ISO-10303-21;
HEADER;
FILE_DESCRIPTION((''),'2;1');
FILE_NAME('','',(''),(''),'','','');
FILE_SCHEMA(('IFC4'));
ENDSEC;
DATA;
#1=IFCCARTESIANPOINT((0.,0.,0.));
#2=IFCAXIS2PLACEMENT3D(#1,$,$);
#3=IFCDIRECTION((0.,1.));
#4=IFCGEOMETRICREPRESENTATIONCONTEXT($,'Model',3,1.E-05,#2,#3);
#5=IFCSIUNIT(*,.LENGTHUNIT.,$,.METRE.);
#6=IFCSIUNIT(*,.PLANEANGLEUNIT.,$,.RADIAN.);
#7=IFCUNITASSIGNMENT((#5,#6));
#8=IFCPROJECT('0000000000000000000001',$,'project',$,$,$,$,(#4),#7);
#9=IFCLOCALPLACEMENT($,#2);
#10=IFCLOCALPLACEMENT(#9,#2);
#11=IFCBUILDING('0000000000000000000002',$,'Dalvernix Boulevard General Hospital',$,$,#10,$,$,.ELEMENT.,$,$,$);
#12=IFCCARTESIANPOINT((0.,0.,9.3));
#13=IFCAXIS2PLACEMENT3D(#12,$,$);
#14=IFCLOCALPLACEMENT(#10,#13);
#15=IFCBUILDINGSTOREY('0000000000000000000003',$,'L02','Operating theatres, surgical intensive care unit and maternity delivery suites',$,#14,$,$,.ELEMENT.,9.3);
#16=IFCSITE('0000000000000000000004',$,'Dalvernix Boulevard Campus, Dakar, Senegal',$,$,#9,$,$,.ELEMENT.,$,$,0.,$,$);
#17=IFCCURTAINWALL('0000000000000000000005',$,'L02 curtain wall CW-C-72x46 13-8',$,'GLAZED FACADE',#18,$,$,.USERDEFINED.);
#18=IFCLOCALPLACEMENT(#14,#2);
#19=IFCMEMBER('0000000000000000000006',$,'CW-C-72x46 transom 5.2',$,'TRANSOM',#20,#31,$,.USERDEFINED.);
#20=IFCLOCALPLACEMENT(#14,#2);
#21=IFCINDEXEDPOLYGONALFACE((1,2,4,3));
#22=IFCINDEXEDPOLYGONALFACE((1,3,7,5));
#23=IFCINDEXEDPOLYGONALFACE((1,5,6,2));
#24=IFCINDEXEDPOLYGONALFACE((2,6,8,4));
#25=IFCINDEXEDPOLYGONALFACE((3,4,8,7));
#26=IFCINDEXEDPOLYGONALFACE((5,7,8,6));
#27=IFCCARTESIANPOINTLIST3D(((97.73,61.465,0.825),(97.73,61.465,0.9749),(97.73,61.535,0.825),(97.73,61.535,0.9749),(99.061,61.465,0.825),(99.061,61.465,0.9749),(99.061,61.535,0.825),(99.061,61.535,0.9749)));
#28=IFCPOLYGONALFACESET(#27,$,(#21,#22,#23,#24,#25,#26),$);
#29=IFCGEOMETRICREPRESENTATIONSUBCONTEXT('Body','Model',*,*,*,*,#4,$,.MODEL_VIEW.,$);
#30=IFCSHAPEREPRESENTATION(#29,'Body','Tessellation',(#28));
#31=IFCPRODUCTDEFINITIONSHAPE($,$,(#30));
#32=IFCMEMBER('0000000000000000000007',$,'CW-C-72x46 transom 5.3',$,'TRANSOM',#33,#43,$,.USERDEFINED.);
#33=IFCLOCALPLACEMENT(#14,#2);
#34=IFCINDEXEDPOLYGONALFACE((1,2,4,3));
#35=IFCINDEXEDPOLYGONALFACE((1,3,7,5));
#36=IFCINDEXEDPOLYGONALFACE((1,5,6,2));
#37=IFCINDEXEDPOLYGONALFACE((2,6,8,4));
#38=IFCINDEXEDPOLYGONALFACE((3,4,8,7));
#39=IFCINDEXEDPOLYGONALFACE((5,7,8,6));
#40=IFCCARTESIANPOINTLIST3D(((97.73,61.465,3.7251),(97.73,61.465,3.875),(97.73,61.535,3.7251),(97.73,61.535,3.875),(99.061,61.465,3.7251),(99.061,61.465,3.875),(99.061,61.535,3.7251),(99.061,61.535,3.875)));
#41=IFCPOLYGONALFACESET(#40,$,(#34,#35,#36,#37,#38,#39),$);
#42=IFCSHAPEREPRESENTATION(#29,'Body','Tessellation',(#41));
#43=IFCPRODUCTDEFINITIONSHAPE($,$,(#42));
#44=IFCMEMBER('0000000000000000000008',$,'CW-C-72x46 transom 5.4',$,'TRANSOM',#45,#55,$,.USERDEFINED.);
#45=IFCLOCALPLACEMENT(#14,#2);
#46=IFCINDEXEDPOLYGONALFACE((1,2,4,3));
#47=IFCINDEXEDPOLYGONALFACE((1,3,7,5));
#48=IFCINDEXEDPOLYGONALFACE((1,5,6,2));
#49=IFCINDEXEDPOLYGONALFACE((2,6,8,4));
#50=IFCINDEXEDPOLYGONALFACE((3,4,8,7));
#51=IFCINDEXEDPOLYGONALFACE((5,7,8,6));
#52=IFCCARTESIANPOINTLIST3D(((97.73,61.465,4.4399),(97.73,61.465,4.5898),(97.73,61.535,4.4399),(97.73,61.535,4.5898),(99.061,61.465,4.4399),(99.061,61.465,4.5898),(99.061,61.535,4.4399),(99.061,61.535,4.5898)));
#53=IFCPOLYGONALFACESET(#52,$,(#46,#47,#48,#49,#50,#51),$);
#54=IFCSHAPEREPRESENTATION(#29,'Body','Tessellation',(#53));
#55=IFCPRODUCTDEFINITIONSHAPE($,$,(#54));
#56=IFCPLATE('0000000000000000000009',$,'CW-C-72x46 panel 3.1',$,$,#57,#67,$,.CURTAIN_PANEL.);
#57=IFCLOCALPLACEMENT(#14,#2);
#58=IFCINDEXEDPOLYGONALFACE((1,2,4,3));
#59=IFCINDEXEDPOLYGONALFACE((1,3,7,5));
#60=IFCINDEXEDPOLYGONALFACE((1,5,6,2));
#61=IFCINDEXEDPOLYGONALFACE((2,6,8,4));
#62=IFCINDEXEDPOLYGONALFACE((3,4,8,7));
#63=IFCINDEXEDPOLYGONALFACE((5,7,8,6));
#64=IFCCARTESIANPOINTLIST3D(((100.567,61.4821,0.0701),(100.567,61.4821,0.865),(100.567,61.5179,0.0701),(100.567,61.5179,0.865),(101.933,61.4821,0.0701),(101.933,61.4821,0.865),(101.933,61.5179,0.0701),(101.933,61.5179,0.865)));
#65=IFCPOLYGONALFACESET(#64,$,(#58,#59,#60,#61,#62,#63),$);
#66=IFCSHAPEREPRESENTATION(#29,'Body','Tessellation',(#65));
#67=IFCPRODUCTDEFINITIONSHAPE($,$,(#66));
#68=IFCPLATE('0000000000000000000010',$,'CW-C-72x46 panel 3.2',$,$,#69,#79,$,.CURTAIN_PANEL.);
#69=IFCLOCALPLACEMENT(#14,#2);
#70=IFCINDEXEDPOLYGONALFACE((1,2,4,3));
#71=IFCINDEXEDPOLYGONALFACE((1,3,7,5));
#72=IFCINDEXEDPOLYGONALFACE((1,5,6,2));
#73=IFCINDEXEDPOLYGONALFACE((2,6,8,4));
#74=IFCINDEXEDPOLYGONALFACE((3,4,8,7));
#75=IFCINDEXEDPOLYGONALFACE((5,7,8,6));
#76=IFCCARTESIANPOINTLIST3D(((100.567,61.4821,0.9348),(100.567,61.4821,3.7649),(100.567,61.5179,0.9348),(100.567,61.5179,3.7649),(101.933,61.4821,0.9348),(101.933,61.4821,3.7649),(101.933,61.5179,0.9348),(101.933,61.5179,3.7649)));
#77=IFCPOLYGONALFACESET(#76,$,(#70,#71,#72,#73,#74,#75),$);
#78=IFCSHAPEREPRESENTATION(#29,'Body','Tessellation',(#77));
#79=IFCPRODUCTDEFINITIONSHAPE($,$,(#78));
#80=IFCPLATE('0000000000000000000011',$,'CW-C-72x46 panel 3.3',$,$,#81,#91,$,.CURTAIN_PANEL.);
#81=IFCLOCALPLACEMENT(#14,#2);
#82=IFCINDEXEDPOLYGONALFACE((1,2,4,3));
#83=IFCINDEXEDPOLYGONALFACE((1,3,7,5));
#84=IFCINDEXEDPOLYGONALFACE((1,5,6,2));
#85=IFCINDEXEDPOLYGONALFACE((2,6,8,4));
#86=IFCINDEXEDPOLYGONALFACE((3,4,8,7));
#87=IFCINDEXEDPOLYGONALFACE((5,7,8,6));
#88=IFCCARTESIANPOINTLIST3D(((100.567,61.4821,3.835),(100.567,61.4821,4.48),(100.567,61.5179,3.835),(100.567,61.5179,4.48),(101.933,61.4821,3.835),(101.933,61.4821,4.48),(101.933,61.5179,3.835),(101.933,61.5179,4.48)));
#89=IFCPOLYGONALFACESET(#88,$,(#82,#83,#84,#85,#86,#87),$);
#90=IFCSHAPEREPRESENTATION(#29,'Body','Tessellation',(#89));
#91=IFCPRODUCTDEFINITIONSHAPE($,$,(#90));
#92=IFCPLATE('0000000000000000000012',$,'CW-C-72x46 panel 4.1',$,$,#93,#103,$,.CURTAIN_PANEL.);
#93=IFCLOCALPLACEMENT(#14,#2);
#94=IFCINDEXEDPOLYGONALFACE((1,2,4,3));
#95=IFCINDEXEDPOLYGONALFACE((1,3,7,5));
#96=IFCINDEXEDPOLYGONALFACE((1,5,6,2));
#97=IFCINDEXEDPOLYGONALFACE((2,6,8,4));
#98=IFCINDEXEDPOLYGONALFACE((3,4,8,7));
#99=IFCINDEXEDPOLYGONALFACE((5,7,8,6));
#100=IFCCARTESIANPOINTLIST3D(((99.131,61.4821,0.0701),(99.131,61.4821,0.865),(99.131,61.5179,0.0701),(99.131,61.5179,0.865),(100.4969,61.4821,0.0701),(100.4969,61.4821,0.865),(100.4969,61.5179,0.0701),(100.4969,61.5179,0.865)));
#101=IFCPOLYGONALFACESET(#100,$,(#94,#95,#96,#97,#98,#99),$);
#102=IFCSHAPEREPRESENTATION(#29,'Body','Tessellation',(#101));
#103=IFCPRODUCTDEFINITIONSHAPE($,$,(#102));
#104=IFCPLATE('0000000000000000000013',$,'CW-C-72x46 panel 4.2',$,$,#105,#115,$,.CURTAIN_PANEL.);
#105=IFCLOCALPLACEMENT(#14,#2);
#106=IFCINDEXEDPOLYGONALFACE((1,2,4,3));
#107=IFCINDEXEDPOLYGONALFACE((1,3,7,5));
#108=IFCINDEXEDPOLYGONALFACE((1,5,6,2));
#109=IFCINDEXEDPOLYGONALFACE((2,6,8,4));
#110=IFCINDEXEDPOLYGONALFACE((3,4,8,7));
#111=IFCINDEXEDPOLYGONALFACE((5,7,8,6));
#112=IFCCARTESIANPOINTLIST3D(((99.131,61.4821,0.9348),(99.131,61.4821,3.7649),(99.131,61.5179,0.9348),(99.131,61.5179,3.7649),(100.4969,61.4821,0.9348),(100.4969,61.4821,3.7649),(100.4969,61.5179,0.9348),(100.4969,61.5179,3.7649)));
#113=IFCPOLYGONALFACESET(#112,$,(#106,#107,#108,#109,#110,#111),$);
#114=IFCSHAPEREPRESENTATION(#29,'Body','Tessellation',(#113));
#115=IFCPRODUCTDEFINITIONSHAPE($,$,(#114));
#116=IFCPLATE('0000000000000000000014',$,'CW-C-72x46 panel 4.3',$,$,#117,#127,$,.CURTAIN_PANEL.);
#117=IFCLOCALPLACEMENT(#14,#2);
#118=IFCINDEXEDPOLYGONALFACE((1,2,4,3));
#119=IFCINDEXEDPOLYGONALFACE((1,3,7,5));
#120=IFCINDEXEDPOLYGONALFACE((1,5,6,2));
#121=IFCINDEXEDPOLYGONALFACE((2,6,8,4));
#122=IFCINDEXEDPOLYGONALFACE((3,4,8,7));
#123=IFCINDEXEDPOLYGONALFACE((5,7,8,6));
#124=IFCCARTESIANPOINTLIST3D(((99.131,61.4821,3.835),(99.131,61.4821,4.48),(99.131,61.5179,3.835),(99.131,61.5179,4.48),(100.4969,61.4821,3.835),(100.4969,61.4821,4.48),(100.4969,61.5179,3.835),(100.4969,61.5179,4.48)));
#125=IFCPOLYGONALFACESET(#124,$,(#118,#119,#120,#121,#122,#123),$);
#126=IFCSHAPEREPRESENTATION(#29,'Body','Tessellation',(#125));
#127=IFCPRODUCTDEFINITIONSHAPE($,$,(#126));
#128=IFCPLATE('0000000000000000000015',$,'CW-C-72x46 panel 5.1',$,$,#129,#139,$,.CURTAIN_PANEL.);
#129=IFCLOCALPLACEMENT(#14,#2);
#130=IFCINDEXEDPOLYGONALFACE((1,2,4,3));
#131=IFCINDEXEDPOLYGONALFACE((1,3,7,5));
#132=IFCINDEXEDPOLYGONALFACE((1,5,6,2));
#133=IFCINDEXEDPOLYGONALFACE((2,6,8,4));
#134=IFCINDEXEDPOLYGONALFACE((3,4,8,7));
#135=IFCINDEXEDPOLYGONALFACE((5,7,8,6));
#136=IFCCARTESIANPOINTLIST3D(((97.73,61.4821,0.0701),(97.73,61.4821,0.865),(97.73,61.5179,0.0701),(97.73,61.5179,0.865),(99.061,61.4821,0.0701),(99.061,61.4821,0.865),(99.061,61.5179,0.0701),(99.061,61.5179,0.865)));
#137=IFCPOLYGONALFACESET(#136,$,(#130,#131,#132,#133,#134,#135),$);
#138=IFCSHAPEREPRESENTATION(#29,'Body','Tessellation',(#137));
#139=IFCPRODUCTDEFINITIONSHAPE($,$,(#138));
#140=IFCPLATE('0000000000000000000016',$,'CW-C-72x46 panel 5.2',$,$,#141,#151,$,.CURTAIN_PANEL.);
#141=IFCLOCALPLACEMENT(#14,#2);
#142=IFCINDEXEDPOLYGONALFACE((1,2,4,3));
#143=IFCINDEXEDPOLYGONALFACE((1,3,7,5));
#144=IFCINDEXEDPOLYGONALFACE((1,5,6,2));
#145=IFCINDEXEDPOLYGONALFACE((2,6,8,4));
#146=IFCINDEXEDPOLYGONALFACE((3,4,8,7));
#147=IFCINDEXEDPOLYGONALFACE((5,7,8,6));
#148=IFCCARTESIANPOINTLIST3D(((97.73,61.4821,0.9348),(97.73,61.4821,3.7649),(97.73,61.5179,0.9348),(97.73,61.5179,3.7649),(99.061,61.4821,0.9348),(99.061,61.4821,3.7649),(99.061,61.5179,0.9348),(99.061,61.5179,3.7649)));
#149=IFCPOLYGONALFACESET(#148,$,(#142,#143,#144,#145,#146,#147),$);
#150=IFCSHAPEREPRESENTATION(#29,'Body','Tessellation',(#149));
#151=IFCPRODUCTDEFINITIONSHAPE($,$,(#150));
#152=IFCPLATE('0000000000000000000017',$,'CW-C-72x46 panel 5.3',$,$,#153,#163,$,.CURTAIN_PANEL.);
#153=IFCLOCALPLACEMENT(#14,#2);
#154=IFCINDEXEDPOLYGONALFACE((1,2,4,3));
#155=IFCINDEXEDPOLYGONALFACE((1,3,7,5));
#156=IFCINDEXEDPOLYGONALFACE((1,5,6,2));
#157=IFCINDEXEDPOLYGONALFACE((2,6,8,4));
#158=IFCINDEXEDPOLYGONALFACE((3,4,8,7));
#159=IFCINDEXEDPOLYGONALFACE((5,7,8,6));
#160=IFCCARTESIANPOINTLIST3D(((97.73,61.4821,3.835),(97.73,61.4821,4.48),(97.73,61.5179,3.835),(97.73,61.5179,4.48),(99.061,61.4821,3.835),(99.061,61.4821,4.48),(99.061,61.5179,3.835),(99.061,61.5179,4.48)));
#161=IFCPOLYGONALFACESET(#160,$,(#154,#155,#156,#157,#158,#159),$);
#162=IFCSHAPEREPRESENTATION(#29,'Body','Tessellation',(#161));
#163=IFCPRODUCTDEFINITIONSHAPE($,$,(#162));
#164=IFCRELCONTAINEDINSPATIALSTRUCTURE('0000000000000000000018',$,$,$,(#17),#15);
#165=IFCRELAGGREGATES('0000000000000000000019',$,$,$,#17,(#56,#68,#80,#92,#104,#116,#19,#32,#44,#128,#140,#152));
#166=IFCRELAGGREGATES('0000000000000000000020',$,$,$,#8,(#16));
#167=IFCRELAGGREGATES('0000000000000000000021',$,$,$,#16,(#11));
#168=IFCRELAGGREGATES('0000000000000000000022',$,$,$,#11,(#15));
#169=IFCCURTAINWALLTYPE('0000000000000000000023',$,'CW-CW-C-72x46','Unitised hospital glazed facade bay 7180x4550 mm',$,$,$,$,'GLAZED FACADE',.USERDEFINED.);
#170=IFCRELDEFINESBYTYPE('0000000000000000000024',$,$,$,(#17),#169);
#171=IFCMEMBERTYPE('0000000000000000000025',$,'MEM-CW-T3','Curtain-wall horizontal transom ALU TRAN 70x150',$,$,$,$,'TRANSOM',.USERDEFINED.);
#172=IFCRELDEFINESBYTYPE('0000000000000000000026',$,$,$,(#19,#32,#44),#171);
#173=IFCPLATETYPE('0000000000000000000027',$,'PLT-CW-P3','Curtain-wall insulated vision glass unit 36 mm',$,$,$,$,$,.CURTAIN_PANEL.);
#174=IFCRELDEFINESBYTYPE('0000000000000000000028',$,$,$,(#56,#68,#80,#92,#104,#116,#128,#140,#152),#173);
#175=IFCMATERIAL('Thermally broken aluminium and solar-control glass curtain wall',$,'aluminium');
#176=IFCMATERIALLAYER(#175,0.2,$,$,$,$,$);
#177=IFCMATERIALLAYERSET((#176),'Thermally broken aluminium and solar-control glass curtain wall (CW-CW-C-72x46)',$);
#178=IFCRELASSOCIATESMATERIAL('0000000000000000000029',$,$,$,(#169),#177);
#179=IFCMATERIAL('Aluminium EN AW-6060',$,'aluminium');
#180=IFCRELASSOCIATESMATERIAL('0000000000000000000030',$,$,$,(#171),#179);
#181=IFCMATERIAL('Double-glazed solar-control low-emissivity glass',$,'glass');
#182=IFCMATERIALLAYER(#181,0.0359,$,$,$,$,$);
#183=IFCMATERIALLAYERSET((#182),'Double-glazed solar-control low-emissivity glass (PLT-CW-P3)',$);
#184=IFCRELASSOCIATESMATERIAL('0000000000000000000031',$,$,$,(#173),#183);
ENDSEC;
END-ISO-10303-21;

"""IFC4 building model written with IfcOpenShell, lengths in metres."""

from ifc_helpers import new_model, si_unit, direction, frame, origin, origin_2d, place, context, subcontext, project, spatial, rectangle, extrude, material, layer, layer_set, material_profile, profile_set, type_object, element, aggregate, save


model = new_model("IFC4")

# Units and contexts
model_context = context("Model", 3, precision=1e-05, world=origin(), true_north=direction((0.0, 1.0)))
body_context = subcontext(model_context, "Body", "Model", "MODEL_VIEW")
ifc_project = project(units=[si_unit("LENGTHUNIT", "METRE"), si_unit("PLANEANGLEUNIT", "RADIAN")], contexts=[model_context])

# Site, building, storey
site_placement = place(None, origin())
site = spatial("IfcSite", under=ifc_project, at=site_placement, Name="Dalvernix Boulevard Campus, Dakar, Senegal", CompositionType="ELEMENT", RefElevation=0.0)
building_placement = place(site_placement, origin())
building = spatial("IfcBuilding", under=site, at=building_placement, Name="Dalvernix Boulevard General Hospital", CompositionType="ELEMENT")
storey_placement = place(building_placement, frame((0.0, 0.0, 9.3)))
storey = spatial("IfcBuildingStorey", under=building, at=storey_placement, Name="L02", Description="Operating theatres, surgical intensive care unit and maternity delivery suites", CompositionType="ELEMENT", Elevation=9.3)

# Curtain wall, members, plates
ifc_material_1 = material(Name="Thermally broken aluminium and solar-control glass curtain wall", Category="aluminium")
ifc_layer_1 = layer(ifc_material_1, 0.2)
ifc_layer_set_1 = layer_set([ifc_layer_1], Name="Thermally broken aluminium and solar-control glass curtain wall (CW-CW-C-72x46)")
curtain_wall_type = type_object("IfcCurtainWallType", Name="CW-CW-C-72x46", Description="Unitised hospital glazed facade bay 7180x4550 mm", ElementType="GLAZED FACADE", PredefinedType="USERDEFINED", material=ifc_layer_set_1)
curtain_wall_placement = place(storey_placement, origin())
curtain_wall = element("IfcCurtainWall", 1, at=curtain_wall_placement, inside=storey, type_object=curtain_wall_type, Name="L02 curtain wall CW-C-72x46 13-8", ObjectType="GLAZED FACADE", PredefinedType="USERDEFINED")
ifc_material_2 = material(Name="Aluminium EN AW-6060", Category="aluminium")
ifc_material_profile_1 = material_profile(ifc_material_2, rectangle(XDim=0.0701, YDim=0.1499, at=origin_2d()), Name="ALU TRAN 70x150")
ifc_profile_set_1 = profile_set([ifc_material_profile_1], Name="Aluminium EN AW-6060")
member_type_1 = type_object("IfcMemberType", Name="MEM-CW-T3", Description="Curtain-wall horizontal transom ALU TRAN 70x150", ElementType="TRANSOM", PredefinedType="USERDEFINED", material=ifc_profile_set_1)
member_1_placement = place(storey_placement, frame((99.061, 61.5, 0.8999), z_axis=(-1.0, 0.0, 0.0), x_axis=(0.0, -1.0, 0.0)))
member_1 = element("IfcMember", 2, at=member_1_placement, type_object=member_type_1, Name="CW-C-72x46 transom 5.2", ObjectType="TRANSOM", PredefinedType="USERDEFINED", context=body_context, shape_type="SweptSolid", body=[
    extrude(rectangle(XDim=0.0701, YDim=0.1499, at=origin_2d()), origin(), (0.0, 0.0, 1.0), 1.3311),
])
member_2_placement = place(storey_placement, frame((99.061, 61.5, 3.8), z_axis=(-1.0, 0.0, 0.0), x_axis=(0.0, -1.0, 0.0)))
member_2 = element("IfcMember", 3, at=member_2_placement, type_object=member_type_1, Name="CW-C-72x46 transom 5.3", ObjectType="TRANSOM", PredefinedType="USERDEFINED", context=body_context, shape_type="SweptSolid", body=[
    extrude(rectangle(XDim=0.0701, YDim=0.1499, at=origin_2d()), origin(), (0.0, 0.0, 1.0), 1.3311),
])
member_3_placement = place(storey_placement, frame((99.061, 61.5, 4.5149), z_axis=(-1.0, 0.0, 0.0), x_axis=(0.0, -1.0, 0.0)))
member_3 = element("IfcMember", 4, at=member_3_placement, type_object=member_type_1, Name="CW-C-72x46 transom 5.4", ObjectType="TRANSOM", PredefinedType="USERDEFINED", context=body_context, shape_type="SweptSolid", body=[
    extrude(rectangle(XDim=0.0701, YDim=0.1499, at=origin_2d()), origin(), (0.0, 0.0, 1.0), 1.3311),
])
ifc_material_3 = material(Name="Double-glazed solar-control low-emissivity glass", Category="glass")
ifc_layer_2 = layer(ifc_material_3, 0.0359)
ifc_layer_set_2 = layer_set([ifc_layer_2], Name="Double-glazed solar-control low-emissivity glass (PLT-CW-P3)")
plate_type = type_object("IfcPlateType", Name="PLT-CW-P3", Description="Curtain-wall insulated vision glass unit 36 mm", PredefinedType="CURTAIN_PANEL", material=ifc_layer_set_2)
plate_1_placement = place(storey_placement, frame((101.25, 61.5, 0.0701), z_axis=(0.0, 0.0, 1.0), x_axis=(-1.0, 0.0, 0.0)))
plate_1 = element("IfcPlate", 5, at=plate_1_placement, type_object=plate_type, Name="CW-C-72x46 panel 3.1", PredefinedType="CURTAIN_PANEL", context=body_context, shape_type="SweptSolid", body=[
    extrude(rectangle(XDim=1.366, YDim=0.0359, at=origin_2d()), origin(), (0.0, 0.0, 1.0), 0.7949),
])
plate_2_placement = place(storey_placement, frame((101.25, 61.5, 0.9348), z_axis=(0.0, 0.0, 1.0), x_axis=(-1.0, 0.0, 0.0)))
plate_2 = element("IfcPlate", 6, at=plate_2_placement, type_object=plate_type, Name="CW-C-72x46 panel 3.2", PredefinedType="CURTAIN_PANEL", context=body_context, shape_type="SweptSolid", body=[
    extrude(rectangle(XDim=1.366, YDim=0.0359, at=origin_2d()), origin(), (0.0, 0.0, 1.0), 2.8301),
])
plate_3_placement = place(storey_placement, frame((101.25, 61.5, 3.835), z_axis=(0.0, 0.0, 1.0), x_axis=(-1.0, 0.0, 0.0)))
plate_3 = element("IfcPlate", 7, at=plate_3_placement, type_object=plate_type, Name="CW-C-72x46 panel 3.3", PredefinedType="CURTAIN_PANEL", context=body_context, shape_type="SweptSolid", body=[
    extrude(rectangle(XDim=1.366, YDim=0.0359, at=origin_2d()), origin(), (0.0, 0.0, 1.0), 0.645),
])
plate_4_placement = place(storey_placement, frame((99.814, 61.5, 0.0701), z_axis=(0.0, 0.0, 1.0), x_axis=(-1.0, 0.0, 0.0)))
plate_4 = element("IfcPlate", 8, at=plate_4_placement, type_object=plate_type, Name="CW-C-72x46 panel 4.1", PredefinedType="CURTAIN_PANEL", context=body_context, shape_type="SweptSolid", body=[
    extrude(rectangle(XDim=1.366, YDim=0.0359, at=origin_2d()), origin(), (0.0, 0.0, 1.0), 0.7949),
])
plate_5_placement = place(storey_placement, frame((99.814, 61.5, 0.9348), z_axis=(0.0, 0.0, 1.0), x_axis=(-1.0, 0.0, 0.0)))
plate_5 = element("IfcPlate", 9, at=plate_5_placement, type_object=plate_type, Name="CW-C-72x46 panel 4.2", PredefinedType="CURTAIN_PANEL", context=body_context, shape_type="SweptSolid", body=[
    extrude(rectangle(XDim=1.366, YDim=0.0359, at=origin_2d()), origin(), (0.0, 0.0, 1.0), 2.8301),
])
plate_6_placement = place(storey_placement, frame((99.814, 61.5, 3.835), z_axis=(0.0, 0.0, 1.0), x_axis=(-1.0, 0.0, 0.0)))
plate_6 = element("IfcPlate", 10, at=plate_6_placement, type_object=plate_type, Name="CW-C-72x46 panel 4.3", PredefinedType="CURTAIN_PANEL", context=body_context, shape_type="SweptSolid", body=[
    extrude(rectangle(XDim=1.366, YDim=0.0359, at=origin_2d()), origin(), (0.0, 0.0, 1.0), 0.645),
])
plate_7_placement = place(storey_placement, frame((98.3955, 61.5, 0.0701), z_axis=(0.0, 0.0, 1.0), x_axis=(-1.0, 0.0, 0.0)))
plate_7 = element("IfcPlate", 11, at=plate_7_placement, type_object=plate_type, Name="CW-C-72x46 panel 5.1", PredefinedType="CURTAIN_PANEL", context=body_context, shape_type="SweptSolid", body=[
    extrude(rectangle(XDim=1.3311, YDim=0.0359, at=origin_2d()), origin(), (0.0, 0.0, 1.0), 0.7949),
])
plate_8_placement = place(storey_placement, frame((98.3955, 61.5, 0.9348), z_axis=(0.0, 0.0, 1.0), x_axis=(-1.0, 0.0, 0.0)))
plate_8 = element("IfcPlate", 12, at=plate_8_placement, type_object=plate_type, Name="CW-C-72x46 panel 5.2", PredefinedType="CURTAIN_PANEL", context=body_context, shape_type="SweptSolid", body=[
    extrude(rectangle(XDim=1.3311, YDim=0.0359, at=origin_2d()), origin(), (0.0, 0.0, 1.0), 2.8301),
])
plate_9_placement = place(storey_placement, frame((98.3955, 61.5, 3.835), z_axis=(0.0, 0.0, 1.0), x_axis=(-1.0, 0.0, 0.0)))
plate_9 = element("IfcPlate", 13, at=plate_9_placement, type_object=plate_type, Name="CW-C-72x46 panel 5.3", PredefinedType="CURTAIN_PANEL", context=body_context, shape_type="SweptSolid", body=[
    extrude(rectangle(XDim=1.3311, YDim=0.0359, at=origin_2d()), origin(), (0.0, 0.0, 1.0), 0.645),
])
aggregate(curtain_wall, [plate_1, plate_2, plate_3, plate_4, plate_5, plate_6, member_1, member_2, member_3, plate_7, plate_8, plate_9])

save(model, "model.ifc")
